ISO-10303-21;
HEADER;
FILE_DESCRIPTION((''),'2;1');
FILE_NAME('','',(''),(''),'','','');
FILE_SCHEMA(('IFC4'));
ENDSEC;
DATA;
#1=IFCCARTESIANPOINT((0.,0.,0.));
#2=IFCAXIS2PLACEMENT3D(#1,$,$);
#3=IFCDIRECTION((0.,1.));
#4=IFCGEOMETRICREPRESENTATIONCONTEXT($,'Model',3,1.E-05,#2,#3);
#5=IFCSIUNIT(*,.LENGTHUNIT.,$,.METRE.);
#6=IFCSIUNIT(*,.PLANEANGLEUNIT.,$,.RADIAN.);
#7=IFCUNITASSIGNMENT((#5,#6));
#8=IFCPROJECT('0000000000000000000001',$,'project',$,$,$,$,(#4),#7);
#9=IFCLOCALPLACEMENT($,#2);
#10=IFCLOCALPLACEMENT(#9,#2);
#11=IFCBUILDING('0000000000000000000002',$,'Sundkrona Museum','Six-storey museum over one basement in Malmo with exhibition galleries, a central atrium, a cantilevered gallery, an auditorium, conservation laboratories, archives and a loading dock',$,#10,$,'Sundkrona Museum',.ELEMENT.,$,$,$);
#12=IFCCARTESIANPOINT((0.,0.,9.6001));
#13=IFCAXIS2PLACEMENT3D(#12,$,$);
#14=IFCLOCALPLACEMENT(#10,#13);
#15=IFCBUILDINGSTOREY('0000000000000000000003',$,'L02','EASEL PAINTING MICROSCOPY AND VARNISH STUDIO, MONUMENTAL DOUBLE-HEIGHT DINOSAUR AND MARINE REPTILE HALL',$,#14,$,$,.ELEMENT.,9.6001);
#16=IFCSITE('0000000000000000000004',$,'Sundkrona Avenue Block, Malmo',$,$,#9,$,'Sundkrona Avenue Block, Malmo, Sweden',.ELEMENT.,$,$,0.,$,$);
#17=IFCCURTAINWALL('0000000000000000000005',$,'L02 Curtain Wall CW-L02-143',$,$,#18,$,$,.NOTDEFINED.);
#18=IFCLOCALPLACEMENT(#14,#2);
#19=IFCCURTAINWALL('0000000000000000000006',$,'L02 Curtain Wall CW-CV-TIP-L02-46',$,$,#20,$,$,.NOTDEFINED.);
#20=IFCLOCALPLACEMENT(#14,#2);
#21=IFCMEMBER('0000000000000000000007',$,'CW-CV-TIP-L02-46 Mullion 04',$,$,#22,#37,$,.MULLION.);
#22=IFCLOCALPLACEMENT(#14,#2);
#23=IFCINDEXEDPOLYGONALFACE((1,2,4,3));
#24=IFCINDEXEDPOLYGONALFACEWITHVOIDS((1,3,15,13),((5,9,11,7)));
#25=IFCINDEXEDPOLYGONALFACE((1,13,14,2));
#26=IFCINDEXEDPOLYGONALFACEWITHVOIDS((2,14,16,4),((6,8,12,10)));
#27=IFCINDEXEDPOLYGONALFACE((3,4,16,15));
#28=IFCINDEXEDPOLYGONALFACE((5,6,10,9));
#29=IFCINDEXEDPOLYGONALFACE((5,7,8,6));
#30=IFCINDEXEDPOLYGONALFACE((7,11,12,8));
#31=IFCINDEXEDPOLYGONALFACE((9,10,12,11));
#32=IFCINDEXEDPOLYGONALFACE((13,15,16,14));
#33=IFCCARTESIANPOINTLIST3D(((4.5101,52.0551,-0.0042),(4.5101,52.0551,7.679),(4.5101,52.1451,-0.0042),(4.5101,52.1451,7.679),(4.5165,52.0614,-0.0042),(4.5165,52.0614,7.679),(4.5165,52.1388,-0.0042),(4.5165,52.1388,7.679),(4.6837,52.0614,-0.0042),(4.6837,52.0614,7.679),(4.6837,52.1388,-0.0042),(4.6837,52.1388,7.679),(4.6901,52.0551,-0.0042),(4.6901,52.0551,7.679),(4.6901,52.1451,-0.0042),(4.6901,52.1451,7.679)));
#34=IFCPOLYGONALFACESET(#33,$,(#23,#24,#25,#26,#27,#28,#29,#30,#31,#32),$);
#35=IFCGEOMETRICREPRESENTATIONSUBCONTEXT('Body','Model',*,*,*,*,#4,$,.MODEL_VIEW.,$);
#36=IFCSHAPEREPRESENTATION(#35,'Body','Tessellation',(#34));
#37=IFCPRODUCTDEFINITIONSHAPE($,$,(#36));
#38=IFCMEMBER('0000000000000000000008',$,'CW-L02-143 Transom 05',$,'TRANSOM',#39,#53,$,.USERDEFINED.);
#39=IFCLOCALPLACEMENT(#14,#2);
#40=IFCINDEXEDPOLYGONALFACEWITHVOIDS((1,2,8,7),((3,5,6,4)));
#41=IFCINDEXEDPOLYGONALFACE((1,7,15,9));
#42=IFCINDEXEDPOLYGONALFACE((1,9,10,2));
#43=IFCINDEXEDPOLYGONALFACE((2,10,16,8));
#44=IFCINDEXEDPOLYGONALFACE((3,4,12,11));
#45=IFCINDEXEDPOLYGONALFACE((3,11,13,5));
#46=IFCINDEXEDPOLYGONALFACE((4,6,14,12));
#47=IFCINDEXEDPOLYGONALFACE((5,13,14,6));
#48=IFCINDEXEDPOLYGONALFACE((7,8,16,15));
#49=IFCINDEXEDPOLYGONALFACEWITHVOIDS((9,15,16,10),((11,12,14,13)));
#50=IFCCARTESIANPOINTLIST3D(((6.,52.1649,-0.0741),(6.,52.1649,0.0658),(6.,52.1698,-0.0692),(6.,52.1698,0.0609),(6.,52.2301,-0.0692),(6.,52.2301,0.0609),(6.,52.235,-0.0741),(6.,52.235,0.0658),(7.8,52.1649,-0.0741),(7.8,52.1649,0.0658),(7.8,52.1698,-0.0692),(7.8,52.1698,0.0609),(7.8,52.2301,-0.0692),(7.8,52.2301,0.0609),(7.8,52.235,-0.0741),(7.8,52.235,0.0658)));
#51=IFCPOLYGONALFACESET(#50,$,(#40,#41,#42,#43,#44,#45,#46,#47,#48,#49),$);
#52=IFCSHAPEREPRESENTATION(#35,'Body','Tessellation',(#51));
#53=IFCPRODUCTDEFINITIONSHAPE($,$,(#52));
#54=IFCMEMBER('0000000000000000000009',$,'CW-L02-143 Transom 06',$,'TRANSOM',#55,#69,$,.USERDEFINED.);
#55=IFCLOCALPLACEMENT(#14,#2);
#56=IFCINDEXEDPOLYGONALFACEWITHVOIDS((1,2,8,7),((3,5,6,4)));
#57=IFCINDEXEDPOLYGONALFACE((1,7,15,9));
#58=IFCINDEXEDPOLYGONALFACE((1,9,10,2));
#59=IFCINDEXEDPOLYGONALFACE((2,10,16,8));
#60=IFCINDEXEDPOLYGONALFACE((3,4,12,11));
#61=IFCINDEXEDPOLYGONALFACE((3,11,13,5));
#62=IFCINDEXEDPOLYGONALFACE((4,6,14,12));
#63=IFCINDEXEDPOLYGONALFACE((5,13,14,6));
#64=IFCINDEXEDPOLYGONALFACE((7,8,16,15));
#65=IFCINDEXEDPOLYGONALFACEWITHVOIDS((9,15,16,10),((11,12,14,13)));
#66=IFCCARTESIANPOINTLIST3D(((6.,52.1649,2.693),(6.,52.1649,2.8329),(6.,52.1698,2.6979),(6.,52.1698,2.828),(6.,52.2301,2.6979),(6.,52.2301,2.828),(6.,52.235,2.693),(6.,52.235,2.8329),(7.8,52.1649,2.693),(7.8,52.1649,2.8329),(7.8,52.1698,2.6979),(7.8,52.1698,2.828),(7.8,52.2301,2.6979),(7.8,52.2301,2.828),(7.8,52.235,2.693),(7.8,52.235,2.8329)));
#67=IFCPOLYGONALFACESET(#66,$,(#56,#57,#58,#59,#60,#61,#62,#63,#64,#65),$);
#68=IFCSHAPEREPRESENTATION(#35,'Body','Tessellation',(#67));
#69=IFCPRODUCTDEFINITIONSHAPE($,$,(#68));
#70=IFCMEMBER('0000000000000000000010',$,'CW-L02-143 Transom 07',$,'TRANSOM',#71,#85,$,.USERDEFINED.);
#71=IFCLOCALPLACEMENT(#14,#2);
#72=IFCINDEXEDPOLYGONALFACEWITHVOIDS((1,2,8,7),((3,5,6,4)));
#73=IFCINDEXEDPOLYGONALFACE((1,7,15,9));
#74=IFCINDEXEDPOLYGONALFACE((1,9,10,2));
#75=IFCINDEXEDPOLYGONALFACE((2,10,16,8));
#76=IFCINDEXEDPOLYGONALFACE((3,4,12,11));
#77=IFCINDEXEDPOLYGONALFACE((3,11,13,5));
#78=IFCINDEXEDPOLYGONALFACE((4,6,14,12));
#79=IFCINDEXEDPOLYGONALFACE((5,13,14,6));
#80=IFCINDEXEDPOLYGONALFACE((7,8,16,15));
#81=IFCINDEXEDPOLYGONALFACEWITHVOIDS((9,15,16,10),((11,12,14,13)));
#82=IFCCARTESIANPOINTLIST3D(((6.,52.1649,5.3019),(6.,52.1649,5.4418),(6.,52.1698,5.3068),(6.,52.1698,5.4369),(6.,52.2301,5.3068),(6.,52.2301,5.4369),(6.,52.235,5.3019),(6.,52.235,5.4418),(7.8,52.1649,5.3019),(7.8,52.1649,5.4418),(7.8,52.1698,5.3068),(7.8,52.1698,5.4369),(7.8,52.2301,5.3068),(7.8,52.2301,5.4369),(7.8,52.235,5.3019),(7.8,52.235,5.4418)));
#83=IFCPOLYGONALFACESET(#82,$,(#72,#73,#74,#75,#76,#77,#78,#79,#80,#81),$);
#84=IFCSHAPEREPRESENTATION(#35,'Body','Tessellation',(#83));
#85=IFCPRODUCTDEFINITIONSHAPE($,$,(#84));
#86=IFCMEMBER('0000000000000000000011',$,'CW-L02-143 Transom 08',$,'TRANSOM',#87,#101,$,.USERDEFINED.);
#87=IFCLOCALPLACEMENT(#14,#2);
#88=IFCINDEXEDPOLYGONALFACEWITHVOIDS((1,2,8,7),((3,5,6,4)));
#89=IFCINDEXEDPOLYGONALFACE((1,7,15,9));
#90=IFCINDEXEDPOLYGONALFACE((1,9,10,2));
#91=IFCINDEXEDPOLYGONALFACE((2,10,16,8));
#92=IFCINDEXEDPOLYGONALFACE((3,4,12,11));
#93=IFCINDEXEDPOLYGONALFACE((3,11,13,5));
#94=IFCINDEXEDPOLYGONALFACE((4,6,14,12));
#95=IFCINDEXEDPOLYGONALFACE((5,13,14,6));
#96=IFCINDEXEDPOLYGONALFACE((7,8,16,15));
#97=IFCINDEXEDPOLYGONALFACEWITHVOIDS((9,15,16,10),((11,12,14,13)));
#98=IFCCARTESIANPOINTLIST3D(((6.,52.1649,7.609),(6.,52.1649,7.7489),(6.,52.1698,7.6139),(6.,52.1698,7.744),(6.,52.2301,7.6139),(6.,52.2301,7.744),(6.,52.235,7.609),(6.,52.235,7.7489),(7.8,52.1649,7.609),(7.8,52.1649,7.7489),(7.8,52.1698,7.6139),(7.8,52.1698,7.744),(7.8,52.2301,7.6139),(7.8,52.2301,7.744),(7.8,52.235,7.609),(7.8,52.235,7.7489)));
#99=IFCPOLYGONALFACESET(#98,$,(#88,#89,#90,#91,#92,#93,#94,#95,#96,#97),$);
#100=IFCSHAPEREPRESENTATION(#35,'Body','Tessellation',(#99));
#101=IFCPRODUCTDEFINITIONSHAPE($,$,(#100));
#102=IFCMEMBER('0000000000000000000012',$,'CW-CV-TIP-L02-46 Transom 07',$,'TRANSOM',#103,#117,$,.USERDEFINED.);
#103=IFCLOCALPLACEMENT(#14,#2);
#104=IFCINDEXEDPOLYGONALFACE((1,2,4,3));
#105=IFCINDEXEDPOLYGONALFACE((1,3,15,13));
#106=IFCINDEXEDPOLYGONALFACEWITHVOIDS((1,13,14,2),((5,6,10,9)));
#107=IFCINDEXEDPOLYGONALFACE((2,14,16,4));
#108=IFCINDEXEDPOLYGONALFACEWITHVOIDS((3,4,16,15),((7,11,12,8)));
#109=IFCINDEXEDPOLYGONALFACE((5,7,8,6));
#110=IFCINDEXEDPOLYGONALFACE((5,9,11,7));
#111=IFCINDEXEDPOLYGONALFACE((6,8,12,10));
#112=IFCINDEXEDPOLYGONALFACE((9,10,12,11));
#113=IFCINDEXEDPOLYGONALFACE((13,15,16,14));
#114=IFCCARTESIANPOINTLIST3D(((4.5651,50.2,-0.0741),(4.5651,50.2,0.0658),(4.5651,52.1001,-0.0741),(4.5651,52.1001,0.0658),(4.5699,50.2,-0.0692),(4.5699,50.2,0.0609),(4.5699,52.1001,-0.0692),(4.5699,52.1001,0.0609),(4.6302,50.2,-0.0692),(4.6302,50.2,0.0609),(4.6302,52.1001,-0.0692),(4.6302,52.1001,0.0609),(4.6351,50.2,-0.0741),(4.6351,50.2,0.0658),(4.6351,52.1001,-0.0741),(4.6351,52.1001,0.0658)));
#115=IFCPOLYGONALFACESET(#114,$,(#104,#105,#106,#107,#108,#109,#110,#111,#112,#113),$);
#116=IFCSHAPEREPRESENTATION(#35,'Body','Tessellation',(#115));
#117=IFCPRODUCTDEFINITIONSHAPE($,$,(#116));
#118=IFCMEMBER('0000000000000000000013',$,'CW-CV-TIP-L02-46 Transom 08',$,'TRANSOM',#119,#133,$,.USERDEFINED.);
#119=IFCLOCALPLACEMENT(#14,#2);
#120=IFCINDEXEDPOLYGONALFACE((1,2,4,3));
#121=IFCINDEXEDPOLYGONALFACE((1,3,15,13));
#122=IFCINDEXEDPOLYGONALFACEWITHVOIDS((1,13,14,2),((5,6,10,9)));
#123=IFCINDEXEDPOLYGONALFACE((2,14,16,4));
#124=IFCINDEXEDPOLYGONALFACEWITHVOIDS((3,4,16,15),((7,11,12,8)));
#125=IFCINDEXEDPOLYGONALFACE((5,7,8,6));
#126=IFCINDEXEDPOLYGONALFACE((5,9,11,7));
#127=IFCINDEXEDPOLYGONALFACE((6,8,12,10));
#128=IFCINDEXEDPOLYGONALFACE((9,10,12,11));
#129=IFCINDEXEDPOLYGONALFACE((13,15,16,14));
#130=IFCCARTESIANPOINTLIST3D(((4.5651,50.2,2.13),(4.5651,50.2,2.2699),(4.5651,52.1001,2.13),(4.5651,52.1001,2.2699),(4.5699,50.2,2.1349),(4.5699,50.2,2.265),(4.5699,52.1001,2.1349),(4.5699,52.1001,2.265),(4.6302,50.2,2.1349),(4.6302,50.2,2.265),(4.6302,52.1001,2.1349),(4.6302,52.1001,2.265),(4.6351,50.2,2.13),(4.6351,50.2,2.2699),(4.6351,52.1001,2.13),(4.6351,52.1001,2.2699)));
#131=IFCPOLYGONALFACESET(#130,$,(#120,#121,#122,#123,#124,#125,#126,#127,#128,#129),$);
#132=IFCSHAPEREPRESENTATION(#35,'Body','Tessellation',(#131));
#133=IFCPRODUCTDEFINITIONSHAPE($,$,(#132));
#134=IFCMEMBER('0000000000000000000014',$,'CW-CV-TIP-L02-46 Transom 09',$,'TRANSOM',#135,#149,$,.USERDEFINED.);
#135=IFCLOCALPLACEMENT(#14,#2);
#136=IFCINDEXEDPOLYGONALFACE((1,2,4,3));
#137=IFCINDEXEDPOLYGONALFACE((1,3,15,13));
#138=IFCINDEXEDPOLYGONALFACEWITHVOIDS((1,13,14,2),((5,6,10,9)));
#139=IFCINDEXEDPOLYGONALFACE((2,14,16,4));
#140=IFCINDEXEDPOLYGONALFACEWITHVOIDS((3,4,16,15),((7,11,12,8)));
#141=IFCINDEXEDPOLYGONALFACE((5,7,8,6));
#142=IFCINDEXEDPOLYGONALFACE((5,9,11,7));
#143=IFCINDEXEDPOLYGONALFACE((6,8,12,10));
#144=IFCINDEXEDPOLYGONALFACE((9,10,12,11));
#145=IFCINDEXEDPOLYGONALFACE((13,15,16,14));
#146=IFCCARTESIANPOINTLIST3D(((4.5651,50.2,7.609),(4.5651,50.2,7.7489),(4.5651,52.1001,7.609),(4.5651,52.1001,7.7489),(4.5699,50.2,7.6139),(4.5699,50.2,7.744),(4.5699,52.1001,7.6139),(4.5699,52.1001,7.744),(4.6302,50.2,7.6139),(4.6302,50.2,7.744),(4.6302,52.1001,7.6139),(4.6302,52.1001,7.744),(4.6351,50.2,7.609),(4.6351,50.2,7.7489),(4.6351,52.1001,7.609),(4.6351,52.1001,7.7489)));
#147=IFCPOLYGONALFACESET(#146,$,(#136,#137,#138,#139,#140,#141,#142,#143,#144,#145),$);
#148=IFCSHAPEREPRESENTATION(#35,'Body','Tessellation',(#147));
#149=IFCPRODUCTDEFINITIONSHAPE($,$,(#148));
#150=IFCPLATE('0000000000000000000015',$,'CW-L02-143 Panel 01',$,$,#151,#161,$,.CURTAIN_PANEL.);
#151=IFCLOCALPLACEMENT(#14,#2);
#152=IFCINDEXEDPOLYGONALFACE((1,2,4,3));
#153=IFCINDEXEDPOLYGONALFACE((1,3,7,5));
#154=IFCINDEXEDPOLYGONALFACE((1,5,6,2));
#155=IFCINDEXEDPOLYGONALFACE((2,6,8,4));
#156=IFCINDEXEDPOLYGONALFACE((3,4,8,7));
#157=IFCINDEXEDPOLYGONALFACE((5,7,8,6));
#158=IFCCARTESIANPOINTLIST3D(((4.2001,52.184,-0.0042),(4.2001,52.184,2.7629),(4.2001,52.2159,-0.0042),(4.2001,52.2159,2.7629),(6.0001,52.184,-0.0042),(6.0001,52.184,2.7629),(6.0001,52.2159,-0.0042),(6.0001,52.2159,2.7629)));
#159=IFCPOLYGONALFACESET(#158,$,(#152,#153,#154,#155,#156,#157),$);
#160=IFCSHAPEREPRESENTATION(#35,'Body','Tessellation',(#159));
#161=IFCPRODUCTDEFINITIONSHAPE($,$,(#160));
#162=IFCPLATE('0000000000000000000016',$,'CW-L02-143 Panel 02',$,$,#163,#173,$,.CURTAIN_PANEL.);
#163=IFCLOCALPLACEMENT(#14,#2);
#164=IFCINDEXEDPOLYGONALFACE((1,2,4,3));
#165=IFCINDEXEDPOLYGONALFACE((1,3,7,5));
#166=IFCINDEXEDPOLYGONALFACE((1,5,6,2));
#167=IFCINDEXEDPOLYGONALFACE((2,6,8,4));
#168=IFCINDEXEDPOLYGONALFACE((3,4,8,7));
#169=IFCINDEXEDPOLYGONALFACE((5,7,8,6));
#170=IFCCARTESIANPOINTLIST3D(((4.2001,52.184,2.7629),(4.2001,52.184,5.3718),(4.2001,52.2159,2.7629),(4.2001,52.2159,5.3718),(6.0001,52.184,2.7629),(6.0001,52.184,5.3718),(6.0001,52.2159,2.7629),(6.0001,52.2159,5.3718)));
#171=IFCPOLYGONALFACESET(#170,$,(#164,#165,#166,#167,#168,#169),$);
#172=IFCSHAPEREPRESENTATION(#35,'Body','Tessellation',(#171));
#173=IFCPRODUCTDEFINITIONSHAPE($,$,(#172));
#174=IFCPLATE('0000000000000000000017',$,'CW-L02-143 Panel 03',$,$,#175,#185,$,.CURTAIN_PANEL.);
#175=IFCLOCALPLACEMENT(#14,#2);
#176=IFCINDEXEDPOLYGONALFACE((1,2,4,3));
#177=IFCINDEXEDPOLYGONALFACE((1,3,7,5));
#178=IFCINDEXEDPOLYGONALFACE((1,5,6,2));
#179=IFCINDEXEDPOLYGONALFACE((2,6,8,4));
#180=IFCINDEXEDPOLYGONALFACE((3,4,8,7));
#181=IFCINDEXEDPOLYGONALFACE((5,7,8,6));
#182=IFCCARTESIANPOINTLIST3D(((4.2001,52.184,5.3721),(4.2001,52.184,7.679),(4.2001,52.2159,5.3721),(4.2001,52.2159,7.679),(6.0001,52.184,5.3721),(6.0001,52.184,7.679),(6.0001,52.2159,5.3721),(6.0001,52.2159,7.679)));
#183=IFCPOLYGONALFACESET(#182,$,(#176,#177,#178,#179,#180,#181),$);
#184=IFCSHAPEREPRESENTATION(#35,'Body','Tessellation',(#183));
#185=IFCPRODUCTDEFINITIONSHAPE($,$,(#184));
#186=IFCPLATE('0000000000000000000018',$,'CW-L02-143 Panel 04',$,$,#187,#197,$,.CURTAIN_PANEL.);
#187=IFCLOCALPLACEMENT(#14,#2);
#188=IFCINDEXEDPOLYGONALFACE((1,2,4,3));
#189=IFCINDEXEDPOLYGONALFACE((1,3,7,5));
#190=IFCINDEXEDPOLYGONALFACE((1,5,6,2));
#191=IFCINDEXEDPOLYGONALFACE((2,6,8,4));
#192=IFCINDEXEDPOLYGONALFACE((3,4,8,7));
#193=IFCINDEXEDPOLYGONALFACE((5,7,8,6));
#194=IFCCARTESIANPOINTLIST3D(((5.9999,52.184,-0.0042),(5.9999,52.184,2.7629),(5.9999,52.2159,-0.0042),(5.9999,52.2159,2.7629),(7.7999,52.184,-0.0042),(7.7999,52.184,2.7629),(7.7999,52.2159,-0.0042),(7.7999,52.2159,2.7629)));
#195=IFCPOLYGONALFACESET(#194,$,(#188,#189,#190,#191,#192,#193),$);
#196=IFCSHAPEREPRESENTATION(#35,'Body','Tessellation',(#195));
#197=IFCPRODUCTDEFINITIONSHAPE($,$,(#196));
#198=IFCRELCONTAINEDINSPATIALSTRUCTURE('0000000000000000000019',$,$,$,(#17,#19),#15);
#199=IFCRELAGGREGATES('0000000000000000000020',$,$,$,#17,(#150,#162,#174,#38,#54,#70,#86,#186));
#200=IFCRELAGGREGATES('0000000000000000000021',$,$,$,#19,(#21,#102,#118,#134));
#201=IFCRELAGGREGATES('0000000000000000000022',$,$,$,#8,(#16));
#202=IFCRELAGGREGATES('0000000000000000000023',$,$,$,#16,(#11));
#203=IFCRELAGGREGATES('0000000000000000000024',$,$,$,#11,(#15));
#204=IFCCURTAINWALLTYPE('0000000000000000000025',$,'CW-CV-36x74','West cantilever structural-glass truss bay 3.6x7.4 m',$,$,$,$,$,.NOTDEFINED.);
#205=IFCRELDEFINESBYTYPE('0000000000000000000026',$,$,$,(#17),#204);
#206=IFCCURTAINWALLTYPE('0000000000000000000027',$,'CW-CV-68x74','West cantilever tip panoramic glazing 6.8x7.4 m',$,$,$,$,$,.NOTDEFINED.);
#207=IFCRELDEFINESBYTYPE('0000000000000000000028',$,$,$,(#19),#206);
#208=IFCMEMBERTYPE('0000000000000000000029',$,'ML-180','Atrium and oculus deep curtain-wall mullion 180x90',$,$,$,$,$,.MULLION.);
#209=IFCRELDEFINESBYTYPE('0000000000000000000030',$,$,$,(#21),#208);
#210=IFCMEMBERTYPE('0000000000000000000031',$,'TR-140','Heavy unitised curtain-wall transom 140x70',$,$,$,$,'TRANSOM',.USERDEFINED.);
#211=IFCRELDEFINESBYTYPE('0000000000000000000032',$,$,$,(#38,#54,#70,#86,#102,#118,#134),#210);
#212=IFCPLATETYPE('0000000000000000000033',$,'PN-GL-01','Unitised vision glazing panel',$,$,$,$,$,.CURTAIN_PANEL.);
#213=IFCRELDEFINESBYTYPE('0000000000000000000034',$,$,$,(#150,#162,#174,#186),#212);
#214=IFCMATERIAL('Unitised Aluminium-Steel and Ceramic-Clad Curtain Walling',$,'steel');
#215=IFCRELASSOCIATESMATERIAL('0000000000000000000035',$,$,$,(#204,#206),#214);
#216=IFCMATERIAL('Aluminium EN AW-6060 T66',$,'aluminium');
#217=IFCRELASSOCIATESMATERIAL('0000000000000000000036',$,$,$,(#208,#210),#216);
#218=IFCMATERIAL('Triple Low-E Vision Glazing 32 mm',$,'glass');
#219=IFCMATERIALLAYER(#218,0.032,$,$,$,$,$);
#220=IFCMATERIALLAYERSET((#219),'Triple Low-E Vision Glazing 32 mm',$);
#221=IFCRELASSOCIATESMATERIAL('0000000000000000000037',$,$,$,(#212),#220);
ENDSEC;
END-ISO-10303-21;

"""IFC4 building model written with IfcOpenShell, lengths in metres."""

from ifc_helpers import new_model, si_unit, direction, frame, origin, origin_2d, place, context, subcontext, project, spatial, rectangle, hollow_rectangle, extrude, material, layer, layer_set, material_profile, profile_set, type_object, element, aggregate, save


model = new_model("IFC4")

# Units and contexts
model_context = context("Model", 3, precision=1e-05, world=origin(), true_north=direction((0.0, 1.0)))
body_context = subcontext(model_context, "Body", "Model", "MODEL_VIEW")
ifc_project = project(units=[si_unit("LENGTHUNIT", "METRE"), si_unit("PLANEANGLEUNIT", "RADIAN")], contexts=[model_context])

# Site, building, storey
site_placement = place(None, origin())
site = spatial("IfcSite", under=ifc_project, at=site_placement, Name="Sundkrona Avenue Block, Malmo", LongName="Sundkrona Avenue Block, Malmo, Sweden", CompositionType="ELEMENT", RefElevation=0.0)
building_placement = place(site_placement, origin())
building = spatial("IfcBuilding", under=site, at=building_placement, Name="Sundkrona Museum", Description="Six-storey museum over one basement in Malmo with exhibition galleries, a central atrium, a cantilevered gallery, an auditorium, conservation laboratories, archives and a loading dock", LongName="Sundkrona Museum", CompositionType="ELEMENT")
storey_placement = place(building_placement, frame((0.0, 0.0, 9.6001)))
storey = spatial("IfcBuildingStorey", under=building, at=storey_placement, Name="L02", Description="EASEL PAINTING MICROSCOPY AND VARNISH STUDIO, MONUMENTAL DOUBLE-HEIGHT DINOSAUR AND MARINE REPTILE HALL", CompositionType="ELEMENT", Elevation=9.6001)

# Curtain wall
ifc_material_1 = material(Name="Unitised Aluminium-Steel and Ceramic-Clad Curtain Walling", Category="steel")
curtain_wall_type_1 = type_object("IfcCurtainWallType", Name="CW-CV-36x74", Description="West cantilever structural-glass truss bay 3.6x7.4 m", PredefinedType="NOTDEFINED", material=ifc_material_1)
curtain_wall_1_placement = place(storey_placement, origin())
curtain_wall_1 = element("IfcCurtainWall", 1, at=curtain_wall_1_placement, inside=storey, type_object=curtain_wall_type_1, Name="L02 Curtain Wall CW-L02-143", PredefinedType="NOTDEFINED")
ifc_material_2 = material(Name="Aluminium EN AW-6060 T66", Category="aluminium")

# Curtain wall, member
curtain_wall_type_2 = type_object("IfcCurtainWallType", Name="CW-CV-68x74", Description="West cantilever tip panoramic glazing 6.8x7.4 m", PredefinedType="NOTDEFINED", material=ifc_material_1)
curtain_wall_2_placement = place(storey_placement, origin())
curtain_wall_2 = element("IfcCurtainWall", 2, at=curtain_wall_2_placement, inside=storey, type_object=curtain_wall_type_2, Name="L02 Curtain Wall CW-CV-TIP-L02-46", PredefinedType="NOTDEFINED")
ifc_material_profile_1 = material_profile(ifc_material_2, hollow_rectangle(XDim=0.0901, YDim=0.1799, WallThickness=0.0063, at=origin_2d()), Name="RHS 180x90x6.3")
ifc_profile_set_1 = profile_set([ifc_material_profile_1], Name="Aluminium EN AW-6060 T66")
member_type_1 = type_object("IfcMemberType", Name="ML-180", Description="Atrium and oculus deep curtain-wall mullion 180x90", PredefinedType="MULLION", material=ifc_profile_set_1)
member_1_placement = place(storey_placement, frame((4.6001, 52.1001, -0.0042), z_axis=(0.0, 0.0, 1.0), x_axis=(0.0, 1.0, 0.0)))
member_1 = element("IfcMember", 3, at=member_1_placement, type_object=member_type_1, Name="CW-CV-TIP-L02-46 Mullion 04", PredefinedType="MULLION", context=body_context, shape_type="SweptSolid", body=[
    extrude(hollow_rectangle(XDim=0.0901, YDim=0.1799, WallThickness=0.0063, at=origin_2d()), origin(), (0.0, 0.0, 1.0), 7.6831),
])

# Members
ifc_material_profile_2 = material_profile(ifc_material_2, hollow_rectangle(XDim=0.0701, YDim=0.1399, WallThickness=0.0049, at=origin_2d()), Name="RHS 140x70x5.0")
ifc_profile_set_2 = profile_set([ifc_material_profile_2], Name="Aluminium EN AW-6060 T66")
member_type_2 = type_object("IfcMemberType", Name="TR-140", Description="Heavy unitised curtain-wall transom 140x70", ElementType="TRANSOM", PredefinedType="USERDEFINED", material=ifc_profile_set_2)
member_2_placement = place(storey_placement, frame((6.0, 52.2, -0.0042), z_axis=(1.0, 0.0, 0.0), x_axis=(0.0, 1.0, 0.0)))
member_2 = element("IfcMember", 4, at=member_2_placement, type_object=member_type_2, Name="CW-L02-143 Transom 05", ObjectType="TRANSOM", PredefinedType="USERDEFINED", context=body_context, shape_type="SweptSolid", body=[
    extrude(hollow_rectangle(XDim=0.0701, YDim=0.1399, WallThickness=0.0049, at=origin_2d()), origin(), (0.0, 0.0, 1.0), 1.8),
])
member_3_placement = place(storey_placement, frame((6.0, 52.2, 2.7629), z_axis=(1.0, 0.0, 0.0), x_axis=(0.0, 1.0, 0.0)))
member_3 = element("IfcMember", 5, at=member_3_placement, type_object=member_type_2, Name="CW-L02-143 Transom 06", ObjectType="TRANSOM", PredefinedType="USERDEFINED", context=body_context, shape_type="SweptSolid", body=[
    extrude(hollow_rectangle(XDim=0.0701, YDim=0.1399, WallThickness=0.0049, at=origin_2d()), origin(), (0.0, 0.0, 1.0), 1.8),
])
member_4_placement = place(storey_placement, frame((6.0, 52.2, 5.3718), z_axis=(1.0, 0.0, 0.0), x_axis=(0.0, 1.0, 0.0)))
member_4 = element("IfcMember", 6, at=member_4_placement, type_object=member_type_2, Name="CW-L02-143 Transom 07", ObjectType="TRANSOM", PredefinedType="USERDEFINED", context=body_context, shape_type="SweptSolid", body=[
    extrude(hollow_rectangle(XDim=0.0701, YDim=0.1399, WallThickness=0.0049, at=origin_2d()), origin(), (0.0, 0.0, 1.0), 1.8),
])
member_5_placement = place(storey_placement, frame((6.0, 52.2, 7.679), z_axis=(1.0, 0.0, 0.0), x_axis=(0.0, 1.0, 0.0)))
member_5 = element("IfcMember", 7, at=member_5_placement, type_object=member_type_2, Name="CW-L02-143 Transom 08", ObjectType="TRANSOM", PredefinedType="USERDEFINED", context=body_context, shape_type="SweptSolid", body=[
    extrude(hollow_rectangle(XDim=0.0701, YDim=0.1399, WallThickness=0.0049, at=origin_2d()), origin(), (0.0, 0.0, 1.0), 1.8),
])
member_6_placement = place(storey_placement, frame((4.6001, 50.2, -0.0042), z_axis=(0.0, 1.0, 0.0), x_axis=(-1.0, 0.0, 0.0)))
member_6 = element("IfcMember", 8, at=member_6_placement, type_object=member_type_2, Name="CW-CV-TIP-L02-46 Transom 07", ObjectType="TRANSOM", PredefinedType="USERDEFINED", context=body_context, shape_type="SweptSolid", body=[
    extrude(hollow_rectangle(XDim=0.0701, YDim=0.1399, WallThickness=0.0049, at=origin_2d()), origin(), (0.0, 0.0, 1.0), 1.9001),
])
member_7_placement = place(storey_placement, frame((4.6001, 50.2, 2.2), z_axis=(0.0, 1.0, 0.0), x_axis=(-1.0, 0.0, 0.0)))
member_7 = element("IfcMember", 9, at=member_7_placement, type_object=member_type_2, Name="CW-CV-TIP-L02-46 Transom 08", ObjectType="TRANSOM", PredefinedType="USERDEFINED", context=body_context, shape_type="SweptSolid", body=[
    extrude(hollow_rectangle(XDim=0.0701, YDim=0.1399, WallThickness=0.0049, at=origin_2d()), origin(), (0.0, 0.0, 1.0), 1.9001),
])
member_8_placement = place(storey_placement, frame((4.6001, 50.2, 7.679), z_axis=(0.0, 1.0, 0.0), x_axis=(-1.0, 0.0, 0.0)))
member_8 = element("IfcMember", 10, at=member_8_placement, type_object=member_type_2, Name="CW-CV-TIP-L02-46 Transom 09", ObjectType="TRANSOM", PredefinedType="USERDEFINED", context=body_context, shape_type="SweptSolid", body=[
    extrude(hollow_rectangle(XDim=0.0701, YDim=0.1399, WallThickness=0.0049, at=origin_2d()), origin(), (0.0, 0.0, 1.0), 1.9001),
])

# Plates
ifc_material_3 = material(Name="Triple Low-E Vision Glazing 32 mm", Category="glass")
ifc_layer = layer(ifc_material_3, 0.032)
ifc_layer_set = layer_set([ifc_layer], Name="Triple Low-E Vision Glazing 32 mm")
plate_type = type_object("IfcPlateType", Name="PN-GL-01", Description="Unitised vision glazing panel", PredefinedType="CURTAIN_PANEL", material=ifc_layer_set)
plate_1_placement = place(storey_placement, frame((5.1001, 52.2, -0.0042), z_axis=(0.0, 0.0, 1.0), x_axis=(1.0, 0.0, 0.0)))
plate_1 = element("IfcPlate", 11, at=plate_1_placement, type_object=plate_type, Name="CW-L02-143 Panel 01", PredefinedType="CURTAIN_PANEL", context=body_context, shape_type="SweptSolid", body=[
    extrude(rectangle(XDim=1.8, YDim=0.032, at=origin_2d()), origin(), (0.0, 0.0, 1.0), 2.7671),
])
plate_2_placement = place(storey_placement, frame((5.1001, 52.2, 2.7629), z_axis=(0.0, 0.0, 1.0), x_axis=(1.0, 0.0, 0.0)))
plate_2 = element("IfcPlate", 12, at=plate_2_placement, type_object=plate_type, Name="CW-L02-143 Panel 02", PredefinedType="CURTAIN_PANEL", context=body_context, shape_type="SweptSolid", body=[
    extrude(rectangle(XDim=1.8, YDim=0.032, at=origin_2d()), origin(), (0.0, 0.0, 1.0), 2.6089),
])
plate_3_placement = place(storey_placement, frame((5.1001, 52.2, 5.3721), z_axis=(0.0, 0.0, 1.0), x_axis=(1.0, 0.0, 0.0)))
plate_3 = element("IfcPlate", 13, at=plate_3_placement, type_object=plate_type, Name="CW-L02-143 Panel 03", PredefinedType="CURTAIN_PANEL", context=body_context, shape_type="SweptSolid", body=[
    extrude(rectangle(XDim=1.8, YDim=0.032, at=origin_2d()), origin(), (0.0, 0.0, 1.0), 2.3069),
])
plate_4_placement = place(storey_placement, frame((6.8999, 52.2, -0.0042), z_axis=(0.0, 0.0, 1.0), x_axis=(1.0, 0.0, 0.0)))
plate_4 = element("IfcPlate", 14, at=plate_4_placement, type_object=plate_type, Name="CW-L02-143 Panel 04", PredefinedType="CURTAIN_PANEL", context=body_context, shape_type="SweptSolid", body=[
    extrude(rectangle(XDim=1.8, YDim=0.032, at=origin_2d()), origin(), (0.0, 0.0, 1.0), 2.7671),
])
aggregate(curtain_wall_1, [plate_1, plate_2, plate_3, member_2, member_3, member_4, member_5, plate_4])
aggregate(curtain_wall_2, [member_1, member_6, member_7, member_8])

save(model, "model.ifc")
